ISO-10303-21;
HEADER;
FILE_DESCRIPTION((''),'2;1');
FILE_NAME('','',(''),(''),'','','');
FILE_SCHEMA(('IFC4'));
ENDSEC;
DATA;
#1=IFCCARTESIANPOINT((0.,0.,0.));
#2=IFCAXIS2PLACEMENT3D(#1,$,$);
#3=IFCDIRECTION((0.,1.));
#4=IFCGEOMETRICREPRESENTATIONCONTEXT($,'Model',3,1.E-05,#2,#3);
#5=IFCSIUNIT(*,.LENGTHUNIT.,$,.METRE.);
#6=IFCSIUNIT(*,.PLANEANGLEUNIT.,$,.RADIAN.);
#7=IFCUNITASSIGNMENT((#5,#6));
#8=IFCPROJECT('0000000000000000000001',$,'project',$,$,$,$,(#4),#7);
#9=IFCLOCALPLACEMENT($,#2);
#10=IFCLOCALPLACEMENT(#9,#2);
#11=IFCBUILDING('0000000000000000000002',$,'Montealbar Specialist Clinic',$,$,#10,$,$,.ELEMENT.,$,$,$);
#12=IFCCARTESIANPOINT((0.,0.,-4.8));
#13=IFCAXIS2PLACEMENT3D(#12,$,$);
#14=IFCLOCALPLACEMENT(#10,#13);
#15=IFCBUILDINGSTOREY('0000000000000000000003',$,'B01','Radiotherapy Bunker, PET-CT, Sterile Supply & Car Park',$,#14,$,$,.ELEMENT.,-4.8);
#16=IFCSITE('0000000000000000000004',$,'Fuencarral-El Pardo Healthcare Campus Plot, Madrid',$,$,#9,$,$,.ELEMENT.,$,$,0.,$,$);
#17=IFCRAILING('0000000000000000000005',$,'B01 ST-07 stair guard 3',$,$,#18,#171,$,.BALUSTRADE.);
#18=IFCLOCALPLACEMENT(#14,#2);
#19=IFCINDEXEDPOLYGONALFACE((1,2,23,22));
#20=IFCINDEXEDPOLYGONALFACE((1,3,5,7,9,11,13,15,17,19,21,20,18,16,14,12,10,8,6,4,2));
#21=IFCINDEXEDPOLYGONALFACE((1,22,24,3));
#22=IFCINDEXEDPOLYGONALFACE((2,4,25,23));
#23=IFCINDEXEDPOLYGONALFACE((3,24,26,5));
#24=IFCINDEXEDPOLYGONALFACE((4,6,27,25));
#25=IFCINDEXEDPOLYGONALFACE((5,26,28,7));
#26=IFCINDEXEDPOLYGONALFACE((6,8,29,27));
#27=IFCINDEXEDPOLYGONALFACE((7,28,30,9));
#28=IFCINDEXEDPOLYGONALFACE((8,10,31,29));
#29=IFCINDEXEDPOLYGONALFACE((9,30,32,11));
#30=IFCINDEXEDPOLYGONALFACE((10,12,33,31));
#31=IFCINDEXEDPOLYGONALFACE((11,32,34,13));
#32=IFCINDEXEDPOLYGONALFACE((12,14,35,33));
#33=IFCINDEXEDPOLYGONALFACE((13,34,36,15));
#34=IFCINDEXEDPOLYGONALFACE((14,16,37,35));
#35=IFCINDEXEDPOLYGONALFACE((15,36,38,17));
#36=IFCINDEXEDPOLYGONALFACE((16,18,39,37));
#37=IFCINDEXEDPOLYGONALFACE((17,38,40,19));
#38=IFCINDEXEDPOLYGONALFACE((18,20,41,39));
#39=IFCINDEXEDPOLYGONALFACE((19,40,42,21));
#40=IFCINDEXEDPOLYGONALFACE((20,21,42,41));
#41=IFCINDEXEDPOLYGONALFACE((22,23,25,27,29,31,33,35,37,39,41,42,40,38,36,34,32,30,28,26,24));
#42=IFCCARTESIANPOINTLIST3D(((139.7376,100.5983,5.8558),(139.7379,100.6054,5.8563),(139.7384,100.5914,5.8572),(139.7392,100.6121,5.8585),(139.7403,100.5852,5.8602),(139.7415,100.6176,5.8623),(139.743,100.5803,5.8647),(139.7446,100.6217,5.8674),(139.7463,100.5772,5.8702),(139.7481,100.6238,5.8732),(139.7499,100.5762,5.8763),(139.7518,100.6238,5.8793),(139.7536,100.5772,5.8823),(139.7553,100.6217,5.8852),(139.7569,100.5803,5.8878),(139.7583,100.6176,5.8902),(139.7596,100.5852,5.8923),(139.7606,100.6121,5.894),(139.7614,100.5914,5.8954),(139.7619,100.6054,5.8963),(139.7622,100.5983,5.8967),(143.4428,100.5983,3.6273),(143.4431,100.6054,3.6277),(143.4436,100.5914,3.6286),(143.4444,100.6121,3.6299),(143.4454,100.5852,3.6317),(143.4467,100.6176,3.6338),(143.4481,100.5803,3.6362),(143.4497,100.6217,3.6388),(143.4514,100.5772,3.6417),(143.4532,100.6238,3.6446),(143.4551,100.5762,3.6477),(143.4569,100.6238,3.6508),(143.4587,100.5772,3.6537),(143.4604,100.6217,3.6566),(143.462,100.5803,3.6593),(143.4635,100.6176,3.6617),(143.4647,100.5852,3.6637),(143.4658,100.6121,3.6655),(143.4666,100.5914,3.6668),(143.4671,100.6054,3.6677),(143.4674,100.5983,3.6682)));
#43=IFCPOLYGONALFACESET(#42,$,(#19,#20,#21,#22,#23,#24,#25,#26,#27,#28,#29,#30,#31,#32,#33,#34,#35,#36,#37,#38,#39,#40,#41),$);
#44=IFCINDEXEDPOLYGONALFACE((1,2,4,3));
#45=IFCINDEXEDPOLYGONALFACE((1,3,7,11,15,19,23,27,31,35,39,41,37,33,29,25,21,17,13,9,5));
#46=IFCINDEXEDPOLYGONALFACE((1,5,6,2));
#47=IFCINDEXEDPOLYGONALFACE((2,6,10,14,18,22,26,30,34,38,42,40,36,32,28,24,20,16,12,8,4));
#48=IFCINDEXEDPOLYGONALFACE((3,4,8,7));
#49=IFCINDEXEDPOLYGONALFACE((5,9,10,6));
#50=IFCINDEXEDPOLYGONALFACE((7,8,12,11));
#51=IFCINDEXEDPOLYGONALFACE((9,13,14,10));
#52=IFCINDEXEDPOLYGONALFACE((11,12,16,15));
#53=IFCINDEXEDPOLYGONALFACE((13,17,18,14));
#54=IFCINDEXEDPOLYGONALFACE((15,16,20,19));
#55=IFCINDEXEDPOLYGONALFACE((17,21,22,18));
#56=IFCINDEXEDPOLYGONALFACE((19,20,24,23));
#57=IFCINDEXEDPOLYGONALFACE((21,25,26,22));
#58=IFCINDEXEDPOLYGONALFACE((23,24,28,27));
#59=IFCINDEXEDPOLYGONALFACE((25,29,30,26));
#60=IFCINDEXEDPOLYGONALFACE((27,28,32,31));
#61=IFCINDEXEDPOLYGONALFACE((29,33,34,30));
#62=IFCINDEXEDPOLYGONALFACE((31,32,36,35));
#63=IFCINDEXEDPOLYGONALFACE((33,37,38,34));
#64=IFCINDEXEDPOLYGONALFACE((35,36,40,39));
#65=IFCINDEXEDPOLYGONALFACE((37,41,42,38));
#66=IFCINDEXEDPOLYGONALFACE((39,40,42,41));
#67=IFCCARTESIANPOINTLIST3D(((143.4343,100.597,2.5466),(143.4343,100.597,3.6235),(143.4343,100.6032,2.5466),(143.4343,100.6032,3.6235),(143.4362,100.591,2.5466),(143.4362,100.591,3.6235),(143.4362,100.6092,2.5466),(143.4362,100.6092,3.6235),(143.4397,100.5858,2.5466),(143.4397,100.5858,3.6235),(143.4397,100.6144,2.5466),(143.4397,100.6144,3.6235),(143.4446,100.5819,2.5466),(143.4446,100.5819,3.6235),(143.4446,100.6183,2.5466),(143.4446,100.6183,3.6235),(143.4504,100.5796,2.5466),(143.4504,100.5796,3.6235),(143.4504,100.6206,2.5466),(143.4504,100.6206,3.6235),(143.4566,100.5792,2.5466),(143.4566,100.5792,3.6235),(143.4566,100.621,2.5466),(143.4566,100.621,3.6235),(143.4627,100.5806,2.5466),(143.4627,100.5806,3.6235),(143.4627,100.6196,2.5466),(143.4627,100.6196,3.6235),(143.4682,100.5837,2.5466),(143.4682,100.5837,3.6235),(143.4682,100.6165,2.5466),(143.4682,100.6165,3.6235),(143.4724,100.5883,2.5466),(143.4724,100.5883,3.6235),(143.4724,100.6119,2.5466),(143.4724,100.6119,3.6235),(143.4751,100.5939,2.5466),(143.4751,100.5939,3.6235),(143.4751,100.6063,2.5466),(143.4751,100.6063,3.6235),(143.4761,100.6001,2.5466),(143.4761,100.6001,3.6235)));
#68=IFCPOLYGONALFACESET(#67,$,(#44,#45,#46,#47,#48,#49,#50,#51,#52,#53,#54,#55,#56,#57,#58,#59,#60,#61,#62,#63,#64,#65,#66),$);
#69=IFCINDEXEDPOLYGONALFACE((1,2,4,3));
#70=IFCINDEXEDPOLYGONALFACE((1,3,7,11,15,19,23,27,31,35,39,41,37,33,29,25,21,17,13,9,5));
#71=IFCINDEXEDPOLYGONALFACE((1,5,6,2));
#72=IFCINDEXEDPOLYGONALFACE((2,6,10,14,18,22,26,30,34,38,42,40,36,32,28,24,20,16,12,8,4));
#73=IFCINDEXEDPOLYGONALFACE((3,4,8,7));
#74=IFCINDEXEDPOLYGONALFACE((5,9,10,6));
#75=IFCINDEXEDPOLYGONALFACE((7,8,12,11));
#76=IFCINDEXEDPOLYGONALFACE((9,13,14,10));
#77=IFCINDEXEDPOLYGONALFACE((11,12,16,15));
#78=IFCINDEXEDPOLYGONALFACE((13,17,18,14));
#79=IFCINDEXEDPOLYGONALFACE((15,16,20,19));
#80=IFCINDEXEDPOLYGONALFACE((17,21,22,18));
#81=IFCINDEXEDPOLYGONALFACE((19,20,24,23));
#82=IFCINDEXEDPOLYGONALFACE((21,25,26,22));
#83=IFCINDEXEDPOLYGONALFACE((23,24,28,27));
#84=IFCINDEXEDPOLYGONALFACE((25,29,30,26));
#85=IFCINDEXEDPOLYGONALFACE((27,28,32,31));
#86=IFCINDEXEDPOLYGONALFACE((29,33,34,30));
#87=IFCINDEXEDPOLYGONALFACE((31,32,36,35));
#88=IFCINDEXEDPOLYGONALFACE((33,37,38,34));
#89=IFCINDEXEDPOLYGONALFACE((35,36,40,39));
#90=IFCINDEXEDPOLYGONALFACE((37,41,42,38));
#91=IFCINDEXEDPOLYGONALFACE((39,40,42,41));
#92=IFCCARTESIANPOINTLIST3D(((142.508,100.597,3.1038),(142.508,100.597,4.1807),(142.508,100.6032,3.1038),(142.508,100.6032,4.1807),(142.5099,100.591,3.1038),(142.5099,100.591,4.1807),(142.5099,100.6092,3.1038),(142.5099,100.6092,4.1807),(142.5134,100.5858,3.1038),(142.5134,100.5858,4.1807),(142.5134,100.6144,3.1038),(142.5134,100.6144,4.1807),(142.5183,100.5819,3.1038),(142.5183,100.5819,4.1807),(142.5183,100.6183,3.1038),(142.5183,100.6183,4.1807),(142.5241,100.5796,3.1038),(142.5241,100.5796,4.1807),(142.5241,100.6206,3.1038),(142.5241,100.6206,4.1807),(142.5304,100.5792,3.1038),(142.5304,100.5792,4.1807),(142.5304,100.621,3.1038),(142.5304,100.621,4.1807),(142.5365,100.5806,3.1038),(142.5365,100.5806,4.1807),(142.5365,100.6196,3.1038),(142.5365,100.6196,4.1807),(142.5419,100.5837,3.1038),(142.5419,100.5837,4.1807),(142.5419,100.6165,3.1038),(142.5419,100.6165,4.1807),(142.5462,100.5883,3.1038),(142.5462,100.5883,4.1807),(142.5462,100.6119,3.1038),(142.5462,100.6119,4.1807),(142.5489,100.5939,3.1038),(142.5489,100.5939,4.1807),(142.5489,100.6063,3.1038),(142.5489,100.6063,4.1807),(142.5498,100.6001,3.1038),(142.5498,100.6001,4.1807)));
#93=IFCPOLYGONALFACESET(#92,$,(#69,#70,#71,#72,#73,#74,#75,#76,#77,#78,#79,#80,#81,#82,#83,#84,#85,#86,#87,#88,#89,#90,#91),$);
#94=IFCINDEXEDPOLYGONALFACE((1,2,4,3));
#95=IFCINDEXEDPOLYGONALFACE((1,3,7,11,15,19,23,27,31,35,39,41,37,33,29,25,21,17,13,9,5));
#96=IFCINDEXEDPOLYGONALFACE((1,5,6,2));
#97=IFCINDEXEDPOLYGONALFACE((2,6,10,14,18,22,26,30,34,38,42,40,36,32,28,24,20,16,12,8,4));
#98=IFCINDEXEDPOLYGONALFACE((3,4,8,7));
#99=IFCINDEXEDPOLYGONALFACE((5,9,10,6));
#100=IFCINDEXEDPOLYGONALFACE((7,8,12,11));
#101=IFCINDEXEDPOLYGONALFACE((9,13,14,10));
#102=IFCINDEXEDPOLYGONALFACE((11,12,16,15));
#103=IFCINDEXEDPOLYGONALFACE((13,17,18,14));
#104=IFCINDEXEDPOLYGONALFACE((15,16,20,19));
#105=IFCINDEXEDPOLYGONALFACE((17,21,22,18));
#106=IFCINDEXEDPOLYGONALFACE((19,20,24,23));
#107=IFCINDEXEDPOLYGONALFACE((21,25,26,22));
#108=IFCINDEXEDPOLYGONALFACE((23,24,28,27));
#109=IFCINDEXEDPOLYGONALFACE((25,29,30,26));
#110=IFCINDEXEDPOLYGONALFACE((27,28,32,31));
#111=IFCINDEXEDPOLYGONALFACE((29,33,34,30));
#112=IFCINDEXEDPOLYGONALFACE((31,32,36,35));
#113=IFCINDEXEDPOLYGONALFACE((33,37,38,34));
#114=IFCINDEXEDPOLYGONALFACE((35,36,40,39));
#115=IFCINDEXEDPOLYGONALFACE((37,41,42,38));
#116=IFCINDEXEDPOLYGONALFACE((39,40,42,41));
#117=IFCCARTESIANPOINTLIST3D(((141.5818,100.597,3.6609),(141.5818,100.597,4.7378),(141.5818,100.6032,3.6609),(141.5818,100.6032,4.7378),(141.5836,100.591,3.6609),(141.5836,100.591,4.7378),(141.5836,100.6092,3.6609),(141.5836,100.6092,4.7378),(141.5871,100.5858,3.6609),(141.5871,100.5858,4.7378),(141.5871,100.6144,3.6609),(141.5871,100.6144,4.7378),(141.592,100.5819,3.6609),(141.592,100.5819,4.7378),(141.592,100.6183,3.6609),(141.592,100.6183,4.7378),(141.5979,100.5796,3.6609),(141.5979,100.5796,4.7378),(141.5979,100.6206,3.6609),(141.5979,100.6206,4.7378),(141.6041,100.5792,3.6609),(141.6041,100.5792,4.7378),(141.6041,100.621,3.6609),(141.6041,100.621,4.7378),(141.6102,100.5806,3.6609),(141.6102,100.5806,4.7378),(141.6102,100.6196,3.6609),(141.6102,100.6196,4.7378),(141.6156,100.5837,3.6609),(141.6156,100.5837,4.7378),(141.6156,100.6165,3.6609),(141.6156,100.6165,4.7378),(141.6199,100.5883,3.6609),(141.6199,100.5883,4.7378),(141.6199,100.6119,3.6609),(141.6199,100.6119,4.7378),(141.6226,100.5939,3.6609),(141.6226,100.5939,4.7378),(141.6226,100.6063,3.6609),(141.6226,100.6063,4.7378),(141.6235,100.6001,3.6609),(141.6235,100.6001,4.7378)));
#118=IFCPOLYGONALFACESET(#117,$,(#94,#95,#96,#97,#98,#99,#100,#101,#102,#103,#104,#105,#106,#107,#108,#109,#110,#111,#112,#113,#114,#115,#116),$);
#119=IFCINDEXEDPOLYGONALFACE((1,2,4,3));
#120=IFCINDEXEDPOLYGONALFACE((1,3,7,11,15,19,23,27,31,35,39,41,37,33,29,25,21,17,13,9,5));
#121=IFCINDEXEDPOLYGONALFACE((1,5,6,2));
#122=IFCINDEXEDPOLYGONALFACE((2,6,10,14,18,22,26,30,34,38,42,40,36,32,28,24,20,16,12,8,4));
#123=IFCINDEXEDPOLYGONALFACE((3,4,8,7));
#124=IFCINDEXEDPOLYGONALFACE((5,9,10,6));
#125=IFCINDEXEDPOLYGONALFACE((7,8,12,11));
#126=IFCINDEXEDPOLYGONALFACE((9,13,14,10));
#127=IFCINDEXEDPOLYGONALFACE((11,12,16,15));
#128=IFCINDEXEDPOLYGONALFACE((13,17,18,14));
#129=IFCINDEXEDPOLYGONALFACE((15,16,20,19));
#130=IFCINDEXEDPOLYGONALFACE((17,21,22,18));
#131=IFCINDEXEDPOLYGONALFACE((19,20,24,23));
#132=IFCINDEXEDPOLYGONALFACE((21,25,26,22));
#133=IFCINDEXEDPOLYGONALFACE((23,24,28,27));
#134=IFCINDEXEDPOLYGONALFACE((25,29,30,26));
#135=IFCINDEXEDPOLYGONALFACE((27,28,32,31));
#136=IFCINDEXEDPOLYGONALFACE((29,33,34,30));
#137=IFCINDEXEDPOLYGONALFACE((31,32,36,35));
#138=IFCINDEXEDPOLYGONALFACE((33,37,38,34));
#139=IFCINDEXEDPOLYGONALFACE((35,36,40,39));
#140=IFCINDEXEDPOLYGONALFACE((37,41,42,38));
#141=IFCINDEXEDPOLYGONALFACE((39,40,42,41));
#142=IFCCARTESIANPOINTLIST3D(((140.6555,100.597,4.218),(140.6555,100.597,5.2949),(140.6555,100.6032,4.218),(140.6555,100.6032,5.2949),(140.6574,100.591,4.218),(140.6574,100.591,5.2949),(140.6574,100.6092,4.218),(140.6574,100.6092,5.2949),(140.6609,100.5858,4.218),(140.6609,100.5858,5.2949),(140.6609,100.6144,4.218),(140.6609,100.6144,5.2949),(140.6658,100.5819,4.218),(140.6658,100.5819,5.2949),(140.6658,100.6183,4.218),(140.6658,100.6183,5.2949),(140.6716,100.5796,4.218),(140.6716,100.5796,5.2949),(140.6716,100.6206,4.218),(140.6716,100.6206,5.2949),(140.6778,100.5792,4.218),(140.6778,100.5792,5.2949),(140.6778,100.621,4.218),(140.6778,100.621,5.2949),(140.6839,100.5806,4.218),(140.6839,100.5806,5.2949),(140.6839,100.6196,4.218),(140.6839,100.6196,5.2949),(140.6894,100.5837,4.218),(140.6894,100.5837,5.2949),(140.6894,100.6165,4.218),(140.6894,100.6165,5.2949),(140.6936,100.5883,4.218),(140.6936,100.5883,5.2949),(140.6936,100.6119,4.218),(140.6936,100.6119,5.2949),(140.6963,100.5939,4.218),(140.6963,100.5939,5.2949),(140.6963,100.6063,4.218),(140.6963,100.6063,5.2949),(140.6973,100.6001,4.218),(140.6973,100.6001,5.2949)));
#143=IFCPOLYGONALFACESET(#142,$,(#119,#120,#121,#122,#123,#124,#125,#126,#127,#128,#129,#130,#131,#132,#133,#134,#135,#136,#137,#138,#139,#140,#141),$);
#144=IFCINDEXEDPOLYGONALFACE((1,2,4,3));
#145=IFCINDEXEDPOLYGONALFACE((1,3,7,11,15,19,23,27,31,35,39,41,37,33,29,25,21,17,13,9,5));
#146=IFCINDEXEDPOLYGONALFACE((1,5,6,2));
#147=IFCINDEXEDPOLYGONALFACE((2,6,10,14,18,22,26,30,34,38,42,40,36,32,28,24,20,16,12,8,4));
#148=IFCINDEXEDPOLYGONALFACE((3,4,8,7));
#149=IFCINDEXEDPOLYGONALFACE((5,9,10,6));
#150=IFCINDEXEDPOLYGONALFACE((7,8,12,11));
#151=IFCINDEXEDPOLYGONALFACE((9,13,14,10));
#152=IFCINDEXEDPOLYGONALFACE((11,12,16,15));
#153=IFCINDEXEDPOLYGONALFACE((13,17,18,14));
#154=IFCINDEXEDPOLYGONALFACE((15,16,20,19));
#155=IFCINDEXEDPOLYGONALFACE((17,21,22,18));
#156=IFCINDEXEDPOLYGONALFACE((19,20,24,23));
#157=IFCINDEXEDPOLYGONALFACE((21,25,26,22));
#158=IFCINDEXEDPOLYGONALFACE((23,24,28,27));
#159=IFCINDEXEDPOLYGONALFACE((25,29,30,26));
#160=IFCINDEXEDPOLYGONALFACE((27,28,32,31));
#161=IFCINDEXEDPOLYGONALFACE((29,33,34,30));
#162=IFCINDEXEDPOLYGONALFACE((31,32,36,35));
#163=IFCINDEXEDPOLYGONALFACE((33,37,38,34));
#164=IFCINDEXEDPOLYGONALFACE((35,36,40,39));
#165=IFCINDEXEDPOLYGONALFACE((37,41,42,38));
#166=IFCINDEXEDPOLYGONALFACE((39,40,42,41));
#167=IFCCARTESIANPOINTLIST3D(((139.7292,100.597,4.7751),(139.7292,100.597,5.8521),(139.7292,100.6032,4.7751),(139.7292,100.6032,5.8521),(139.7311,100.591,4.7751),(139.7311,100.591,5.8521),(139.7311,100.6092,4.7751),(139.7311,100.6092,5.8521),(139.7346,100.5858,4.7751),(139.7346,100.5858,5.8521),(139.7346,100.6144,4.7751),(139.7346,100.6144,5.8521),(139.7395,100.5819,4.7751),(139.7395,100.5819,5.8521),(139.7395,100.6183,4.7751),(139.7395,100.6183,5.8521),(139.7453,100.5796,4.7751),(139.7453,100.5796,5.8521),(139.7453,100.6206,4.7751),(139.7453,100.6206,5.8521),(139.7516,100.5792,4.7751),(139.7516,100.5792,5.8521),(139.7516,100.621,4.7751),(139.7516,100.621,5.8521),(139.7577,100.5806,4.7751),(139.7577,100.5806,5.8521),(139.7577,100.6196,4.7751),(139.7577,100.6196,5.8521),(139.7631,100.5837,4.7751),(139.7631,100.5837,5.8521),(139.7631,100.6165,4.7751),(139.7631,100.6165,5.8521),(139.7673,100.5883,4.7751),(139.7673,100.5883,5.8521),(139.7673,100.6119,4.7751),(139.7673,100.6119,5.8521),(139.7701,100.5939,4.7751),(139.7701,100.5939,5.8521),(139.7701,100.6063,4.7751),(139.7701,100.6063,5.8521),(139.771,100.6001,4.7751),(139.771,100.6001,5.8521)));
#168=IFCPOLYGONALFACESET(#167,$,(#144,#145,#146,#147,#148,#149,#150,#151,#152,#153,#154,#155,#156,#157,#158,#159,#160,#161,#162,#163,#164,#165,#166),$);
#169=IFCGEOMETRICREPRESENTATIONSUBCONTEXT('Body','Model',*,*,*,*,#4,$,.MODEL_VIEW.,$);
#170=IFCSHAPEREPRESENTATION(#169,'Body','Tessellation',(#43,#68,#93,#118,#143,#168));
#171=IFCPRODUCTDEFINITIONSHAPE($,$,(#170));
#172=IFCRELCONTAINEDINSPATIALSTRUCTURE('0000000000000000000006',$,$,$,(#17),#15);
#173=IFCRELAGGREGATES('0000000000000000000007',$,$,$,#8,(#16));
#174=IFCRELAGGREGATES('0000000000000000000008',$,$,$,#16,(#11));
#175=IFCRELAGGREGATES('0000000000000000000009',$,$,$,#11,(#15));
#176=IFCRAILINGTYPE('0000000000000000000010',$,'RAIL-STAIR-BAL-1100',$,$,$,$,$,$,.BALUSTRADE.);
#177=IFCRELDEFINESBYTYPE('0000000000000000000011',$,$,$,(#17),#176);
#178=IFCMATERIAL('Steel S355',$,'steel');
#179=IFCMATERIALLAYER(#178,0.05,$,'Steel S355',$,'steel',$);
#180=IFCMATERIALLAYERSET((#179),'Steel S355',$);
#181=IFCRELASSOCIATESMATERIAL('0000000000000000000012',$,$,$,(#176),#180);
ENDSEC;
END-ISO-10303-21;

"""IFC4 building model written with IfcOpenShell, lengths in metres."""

from ifc_helpers import new_model, si_unit, direction, frame, origin, origin_2d, place, context, subcontext, project, spatial, circle, extrude, material, layer, layer_set, type_object, element, save


model = new_model("IFC4")

# Units and contexts
model_context = context("Model", 3, precision=1e-05, world=origin(), true_north=direction((0.0, 1.0)))
body_context = subcontext(model_context, "Body", "Model", "MODEL_VIEW")
ifc_project = project(units=[si_unit("LENGTHUNIT", "METRE"), si_unit("PLANEANGLEUNIT", "RADIAN")], contexts=[model_context])

# Site, building, storey
site_placement = place(None, origin())
site = spatial("IfcSite", under=ifc_project, at=site_placement, Name="Fuencarral-El Pardo Healthcare Campus Plot, Madrid", CompositionType="ELEMENT", RefElevation=0.0)
building_placement = place(site_placement, origin())
building = spatial("IfcBuilding", under=site, at=building_placement, Name="Montealbar Specialist Clinic", CompositionType="ELEMENT")
storey_placement = place(building_placement, frame((0.0, 0.0, -4.8)))
storey = spatial("IfcBuildingStorey", under=building, at=storey_placement, Name="B01", Description="Radiotherapy Bunker, PET-CT, Sterile Supply & Car Park", CompositionType="ELEMENT", Elevation=-4.8)

# Shared definitions
ifc_material_1 = material(Name="Steel S355", Category="steel")

# Railing
ifc_layer_1 = layer(ifc_material_1, 0.05, Name="Steel S355", Category="steel")
ifc_layer_set_1 = layer_set([ifc_layer_1], Name="Steel S355")
railing_type_1 = type_object("IfcRailingType", Name="RAIL-STAIR-BAL-1100", PredefinedType="BALUSTRADE", material=ifc_layer_set_1)
railing_1_placement = place(storey_placement, frame((143.4551, 100.6001, 2.5715)))
element("IfcRailing", 1, at=railing_1_placement, inside=storey, type_object=railing_type_1, Name="B01 ST-07 stair guard 3", PredefinedType="BALUSTRADE", context=body_context, shape_type="SweptSolid", body=[
    extrude(circle(Radius=0.0239, at=origin_2d()), frame((0.0, 0.0, 1.0762), z_axis=(-0.856934, 0.0, 0.515425), x_axis=(0.0, -1.0, 0.0)), (0.0, 0.0, 1.0), 4.3237),
    extrude(circle(Radius=0.021, at=origin_2d()), frame((0.0, 0.0, -0.0249)), (0.0, 0.0, 1.0), 1.0769),
    extrude(circle(Radius=0.021, at=origin_2d()), frame((-0.9263, 0.0, 0.5322)), (0.0, 0.0, 1.0), 1.0769),
    extrude(circle(Radius=0.021, at=origin_2d()), frame((-1.8525, 0.0, 1.0894)), (0.0, 0.0, 1.0), 1.0769),
    extrude(circle(Radius=0.021, at=origin_2d()), frame((-2.7788, 0.0, 1.6465)), (0.0, 0.0, 1.0), 1.0769),
    extrude(circle(Radius=0.021, at=origin_2d()), frame((-3.7051, 0.0, 2.2036)), (0.0, 0.0, 1.0), 1.0769),
])

save(model, "model.ifc")
